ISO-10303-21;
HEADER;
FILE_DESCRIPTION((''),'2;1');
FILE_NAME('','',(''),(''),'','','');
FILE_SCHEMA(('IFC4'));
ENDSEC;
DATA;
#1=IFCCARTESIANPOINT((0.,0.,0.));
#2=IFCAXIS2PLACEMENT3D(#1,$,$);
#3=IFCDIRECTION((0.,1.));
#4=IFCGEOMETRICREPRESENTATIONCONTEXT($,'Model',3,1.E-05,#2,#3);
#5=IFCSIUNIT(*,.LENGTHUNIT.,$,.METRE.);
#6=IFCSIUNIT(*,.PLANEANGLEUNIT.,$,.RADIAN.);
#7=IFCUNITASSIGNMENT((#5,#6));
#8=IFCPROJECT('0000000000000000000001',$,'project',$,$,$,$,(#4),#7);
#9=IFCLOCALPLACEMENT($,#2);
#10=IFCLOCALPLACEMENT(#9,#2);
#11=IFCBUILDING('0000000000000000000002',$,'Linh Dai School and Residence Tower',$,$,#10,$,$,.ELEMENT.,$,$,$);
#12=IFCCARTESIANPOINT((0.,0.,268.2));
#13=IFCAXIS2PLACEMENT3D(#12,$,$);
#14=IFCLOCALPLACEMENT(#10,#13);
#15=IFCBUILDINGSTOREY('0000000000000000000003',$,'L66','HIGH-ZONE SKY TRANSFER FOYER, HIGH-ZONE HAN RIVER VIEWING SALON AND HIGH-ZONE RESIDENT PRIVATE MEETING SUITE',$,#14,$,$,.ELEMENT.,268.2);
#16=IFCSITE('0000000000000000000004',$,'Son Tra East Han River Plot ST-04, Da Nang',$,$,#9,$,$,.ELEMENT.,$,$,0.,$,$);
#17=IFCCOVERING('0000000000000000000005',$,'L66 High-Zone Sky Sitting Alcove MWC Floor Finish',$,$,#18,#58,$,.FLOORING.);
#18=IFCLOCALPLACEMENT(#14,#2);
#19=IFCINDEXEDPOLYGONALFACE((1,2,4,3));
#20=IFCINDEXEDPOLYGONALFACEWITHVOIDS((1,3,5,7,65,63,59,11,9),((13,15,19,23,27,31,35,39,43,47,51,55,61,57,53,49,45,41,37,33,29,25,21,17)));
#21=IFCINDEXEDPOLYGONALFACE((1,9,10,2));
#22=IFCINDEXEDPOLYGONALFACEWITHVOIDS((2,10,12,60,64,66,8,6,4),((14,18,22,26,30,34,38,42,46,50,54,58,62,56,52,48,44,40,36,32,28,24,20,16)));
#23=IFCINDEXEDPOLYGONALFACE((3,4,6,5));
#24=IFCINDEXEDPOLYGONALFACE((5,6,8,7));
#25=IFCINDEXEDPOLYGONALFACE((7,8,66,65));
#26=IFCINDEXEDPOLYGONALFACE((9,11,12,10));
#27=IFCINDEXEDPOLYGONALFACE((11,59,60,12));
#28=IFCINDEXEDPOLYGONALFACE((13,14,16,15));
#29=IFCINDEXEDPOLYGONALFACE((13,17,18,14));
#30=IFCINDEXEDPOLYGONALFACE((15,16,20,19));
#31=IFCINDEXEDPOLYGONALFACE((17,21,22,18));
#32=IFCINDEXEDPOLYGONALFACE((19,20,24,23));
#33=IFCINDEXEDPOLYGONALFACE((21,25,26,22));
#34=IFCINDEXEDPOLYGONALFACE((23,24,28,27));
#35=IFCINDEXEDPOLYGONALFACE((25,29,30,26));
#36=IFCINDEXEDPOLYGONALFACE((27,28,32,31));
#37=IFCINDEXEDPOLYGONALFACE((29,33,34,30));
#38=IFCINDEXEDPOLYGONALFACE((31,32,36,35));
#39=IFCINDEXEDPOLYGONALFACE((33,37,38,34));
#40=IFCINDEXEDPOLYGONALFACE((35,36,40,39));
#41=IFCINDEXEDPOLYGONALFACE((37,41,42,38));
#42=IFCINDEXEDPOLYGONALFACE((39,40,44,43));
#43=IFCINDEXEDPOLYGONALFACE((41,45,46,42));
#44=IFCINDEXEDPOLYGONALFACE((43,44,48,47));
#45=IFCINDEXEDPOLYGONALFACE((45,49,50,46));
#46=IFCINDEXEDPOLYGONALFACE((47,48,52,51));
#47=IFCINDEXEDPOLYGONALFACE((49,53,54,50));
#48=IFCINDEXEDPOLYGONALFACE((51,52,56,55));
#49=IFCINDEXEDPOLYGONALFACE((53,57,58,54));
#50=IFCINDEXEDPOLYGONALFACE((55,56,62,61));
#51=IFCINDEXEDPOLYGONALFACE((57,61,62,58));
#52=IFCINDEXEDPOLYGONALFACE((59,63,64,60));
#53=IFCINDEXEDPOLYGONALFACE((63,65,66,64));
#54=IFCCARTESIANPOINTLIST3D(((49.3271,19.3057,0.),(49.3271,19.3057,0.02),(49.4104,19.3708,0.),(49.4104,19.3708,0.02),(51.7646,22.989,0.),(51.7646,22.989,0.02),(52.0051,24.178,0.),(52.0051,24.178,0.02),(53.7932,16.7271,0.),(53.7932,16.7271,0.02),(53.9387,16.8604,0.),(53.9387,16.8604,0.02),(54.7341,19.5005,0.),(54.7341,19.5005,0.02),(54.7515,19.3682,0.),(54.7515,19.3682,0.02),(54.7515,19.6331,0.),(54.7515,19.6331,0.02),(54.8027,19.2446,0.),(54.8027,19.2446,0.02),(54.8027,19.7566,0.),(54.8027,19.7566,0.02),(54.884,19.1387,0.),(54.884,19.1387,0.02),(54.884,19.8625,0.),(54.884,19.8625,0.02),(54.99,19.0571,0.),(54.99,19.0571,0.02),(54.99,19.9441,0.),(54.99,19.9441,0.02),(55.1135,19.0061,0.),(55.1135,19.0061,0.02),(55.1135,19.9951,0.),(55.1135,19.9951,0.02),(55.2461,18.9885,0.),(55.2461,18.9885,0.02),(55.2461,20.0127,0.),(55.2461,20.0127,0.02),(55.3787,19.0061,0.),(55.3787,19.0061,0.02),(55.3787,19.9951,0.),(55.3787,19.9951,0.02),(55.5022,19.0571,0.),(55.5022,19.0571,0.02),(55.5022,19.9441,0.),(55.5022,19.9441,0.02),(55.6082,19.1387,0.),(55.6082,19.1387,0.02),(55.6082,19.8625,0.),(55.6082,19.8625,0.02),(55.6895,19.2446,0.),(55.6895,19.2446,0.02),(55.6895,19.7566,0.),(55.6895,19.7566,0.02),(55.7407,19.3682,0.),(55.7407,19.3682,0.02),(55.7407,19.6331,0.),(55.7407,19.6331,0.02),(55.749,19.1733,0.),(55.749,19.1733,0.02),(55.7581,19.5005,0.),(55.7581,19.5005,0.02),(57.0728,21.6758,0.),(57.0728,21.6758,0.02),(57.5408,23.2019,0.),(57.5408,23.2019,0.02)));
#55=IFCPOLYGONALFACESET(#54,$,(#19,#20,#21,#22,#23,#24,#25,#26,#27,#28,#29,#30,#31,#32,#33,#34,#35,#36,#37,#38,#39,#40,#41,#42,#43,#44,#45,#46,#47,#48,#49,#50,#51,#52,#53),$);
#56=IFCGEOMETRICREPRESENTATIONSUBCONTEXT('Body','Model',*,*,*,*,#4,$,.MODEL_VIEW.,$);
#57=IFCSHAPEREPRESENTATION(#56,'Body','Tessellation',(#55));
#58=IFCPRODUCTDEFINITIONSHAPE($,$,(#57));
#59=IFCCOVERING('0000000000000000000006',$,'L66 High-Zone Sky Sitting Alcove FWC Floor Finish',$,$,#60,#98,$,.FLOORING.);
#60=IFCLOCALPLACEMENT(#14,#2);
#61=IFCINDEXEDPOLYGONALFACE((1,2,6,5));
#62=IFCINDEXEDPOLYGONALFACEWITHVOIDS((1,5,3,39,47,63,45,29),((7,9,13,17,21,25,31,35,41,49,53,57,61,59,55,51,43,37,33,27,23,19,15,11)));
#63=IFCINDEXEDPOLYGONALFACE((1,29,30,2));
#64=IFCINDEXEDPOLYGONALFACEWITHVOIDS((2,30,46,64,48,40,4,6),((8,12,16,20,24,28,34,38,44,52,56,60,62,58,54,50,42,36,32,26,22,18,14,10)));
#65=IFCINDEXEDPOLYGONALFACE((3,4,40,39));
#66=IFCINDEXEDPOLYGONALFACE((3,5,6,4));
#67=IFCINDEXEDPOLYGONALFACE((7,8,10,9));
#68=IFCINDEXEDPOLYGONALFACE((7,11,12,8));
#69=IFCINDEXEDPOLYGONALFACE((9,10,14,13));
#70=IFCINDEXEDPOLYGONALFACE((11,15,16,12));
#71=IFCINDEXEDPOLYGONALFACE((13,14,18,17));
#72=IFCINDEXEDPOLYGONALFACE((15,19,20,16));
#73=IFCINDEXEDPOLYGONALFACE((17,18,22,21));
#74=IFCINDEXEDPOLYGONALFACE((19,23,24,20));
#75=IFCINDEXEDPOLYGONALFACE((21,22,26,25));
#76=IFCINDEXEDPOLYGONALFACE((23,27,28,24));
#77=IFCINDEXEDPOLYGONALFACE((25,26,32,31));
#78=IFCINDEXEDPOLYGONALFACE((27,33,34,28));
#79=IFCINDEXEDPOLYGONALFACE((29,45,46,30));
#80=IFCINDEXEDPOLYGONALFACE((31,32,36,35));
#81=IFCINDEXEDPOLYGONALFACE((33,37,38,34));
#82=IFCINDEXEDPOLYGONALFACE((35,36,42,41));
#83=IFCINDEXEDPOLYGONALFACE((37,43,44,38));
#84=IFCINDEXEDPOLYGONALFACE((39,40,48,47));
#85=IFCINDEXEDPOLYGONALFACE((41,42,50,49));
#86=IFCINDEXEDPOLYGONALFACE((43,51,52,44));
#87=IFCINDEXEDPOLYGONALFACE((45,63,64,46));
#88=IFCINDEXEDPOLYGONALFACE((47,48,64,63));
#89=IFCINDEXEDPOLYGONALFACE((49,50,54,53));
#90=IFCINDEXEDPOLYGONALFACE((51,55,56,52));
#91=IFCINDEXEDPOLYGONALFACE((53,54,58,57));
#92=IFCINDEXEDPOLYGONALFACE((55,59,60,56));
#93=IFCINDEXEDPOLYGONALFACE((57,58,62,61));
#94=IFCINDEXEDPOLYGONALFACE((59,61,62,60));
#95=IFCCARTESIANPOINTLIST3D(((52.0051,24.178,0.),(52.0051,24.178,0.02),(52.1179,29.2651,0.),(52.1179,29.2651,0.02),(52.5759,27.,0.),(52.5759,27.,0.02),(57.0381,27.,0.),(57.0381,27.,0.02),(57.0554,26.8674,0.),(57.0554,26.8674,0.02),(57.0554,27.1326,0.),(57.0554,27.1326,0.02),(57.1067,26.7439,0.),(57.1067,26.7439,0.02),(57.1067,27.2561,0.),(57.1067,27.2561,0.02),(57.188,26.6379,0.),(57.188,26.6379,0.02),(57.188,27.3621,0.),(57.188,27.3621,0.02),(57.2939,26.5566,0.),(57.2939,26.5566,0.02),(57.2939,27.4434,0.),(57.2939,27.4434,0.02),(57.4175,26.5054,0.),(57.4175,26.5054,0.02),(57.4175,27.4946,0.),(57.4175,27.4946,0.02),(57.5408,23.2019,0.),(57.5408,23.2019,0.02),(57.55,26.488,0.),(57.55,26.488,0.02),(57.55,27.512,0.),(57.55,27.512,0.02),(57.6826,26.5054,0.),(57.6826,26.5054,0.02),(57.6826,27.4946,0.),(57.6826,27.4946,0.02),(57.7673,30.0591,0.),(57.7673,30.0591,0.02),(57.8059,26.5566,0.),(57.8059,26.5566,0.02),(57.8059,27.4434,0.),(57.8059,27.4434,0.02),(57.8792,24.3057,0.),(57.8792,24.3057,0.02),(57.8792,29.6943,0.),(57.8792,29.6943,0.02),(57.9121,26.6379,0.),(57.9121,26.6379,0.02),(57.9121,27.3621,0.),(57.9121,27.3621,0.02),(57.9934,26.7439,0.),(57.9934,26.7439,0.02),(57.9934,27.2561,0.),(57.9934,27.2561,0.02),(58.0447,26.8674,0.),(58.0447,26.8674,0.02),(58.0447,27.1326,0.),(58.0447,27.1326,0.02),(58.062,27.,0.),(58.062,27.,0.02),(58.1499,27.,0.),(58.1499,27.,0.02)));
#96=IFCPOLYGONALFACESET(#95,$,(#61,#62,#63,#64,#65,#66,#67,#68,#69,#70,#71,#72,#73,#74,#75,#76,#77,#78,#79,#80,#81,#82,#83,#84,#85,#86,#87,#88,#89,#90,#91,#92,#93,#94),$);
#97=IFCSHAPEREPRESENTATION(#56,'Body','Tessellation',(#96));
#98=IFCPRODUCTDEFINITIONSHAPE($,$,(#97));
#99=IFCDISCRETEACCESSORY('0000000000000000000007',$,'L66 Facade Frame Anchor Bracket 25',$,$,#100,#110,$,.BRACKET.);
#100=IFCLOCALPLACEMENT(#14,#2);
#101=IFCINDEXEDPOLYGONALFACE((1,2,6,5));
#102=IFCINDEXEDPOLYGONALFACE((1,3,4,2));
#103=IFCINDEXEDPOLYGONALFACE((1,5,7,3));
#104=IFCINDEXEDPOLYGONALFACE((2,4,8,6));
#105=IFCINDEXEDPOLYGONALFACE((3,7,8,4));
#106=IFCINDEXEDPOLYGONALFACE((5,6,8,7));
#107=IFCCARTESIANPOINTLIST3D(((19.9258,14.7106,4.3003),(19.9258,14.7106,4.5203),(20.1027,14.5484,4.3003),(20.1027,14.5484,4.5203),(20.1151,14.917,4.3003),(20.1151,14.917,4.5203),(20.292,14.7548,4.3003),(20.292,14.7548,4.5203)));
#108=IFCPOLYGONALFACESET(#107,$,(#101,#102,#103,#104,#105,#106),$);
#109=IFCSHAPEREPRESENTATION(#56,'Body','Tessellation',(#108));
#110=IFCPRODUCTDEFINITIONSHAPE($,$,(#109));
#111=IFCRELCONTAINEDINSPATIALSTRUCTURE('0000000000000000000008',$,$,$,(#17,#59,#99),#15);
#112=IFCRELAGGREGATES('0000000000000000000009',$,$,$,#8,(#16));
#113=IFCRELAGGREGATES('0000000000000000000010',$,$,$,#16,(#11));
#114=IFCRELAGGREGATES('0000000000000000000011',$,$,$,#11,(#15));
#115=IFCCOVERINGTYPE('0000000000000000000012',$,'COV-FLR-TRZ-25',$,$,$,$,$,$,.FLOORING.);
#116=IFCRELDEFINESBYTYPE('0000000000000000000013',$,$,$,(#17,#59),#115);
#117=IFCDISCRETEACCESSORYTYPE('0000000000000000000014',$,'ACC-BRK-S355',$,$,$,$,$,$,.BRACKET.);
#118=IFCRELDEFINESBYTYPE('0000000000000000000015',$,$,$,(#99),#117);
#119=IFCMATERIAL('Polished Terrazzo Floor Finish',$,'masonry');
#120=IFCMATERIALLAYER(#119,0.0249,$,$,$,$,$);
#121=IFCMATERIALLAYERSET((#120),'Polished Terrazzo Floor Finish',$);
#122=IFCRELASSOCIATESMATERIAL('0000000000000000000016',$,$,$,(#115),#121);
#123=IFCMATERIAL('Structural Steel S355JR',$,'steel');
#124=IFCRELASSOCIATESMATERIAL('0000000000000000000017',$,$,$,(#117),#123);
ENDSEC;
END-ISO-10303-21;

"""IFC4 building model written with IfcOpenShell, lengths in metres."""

from ifc_helpers import new_model, si_unit, direction, frame, origin, origin_2d, place, context, subcontext, project, spatial, polyline, rectangle, outline, extrude, source, transform, mapped, material, layer, layer_set, type_object, element, save


model = new_model("IFC4")

# Units and contexts
model_context = context("Model", 3, precision=1e-05, world=origin(), true_north=direction((0.0, 1.0)))
body_context = subcontext(model_context, "Body", "Model", "MODEL_VIEW")
ifc_project = project(units=[si_unit("LENGTHUNIT", "METRE"), si_unit("PLANEANGLEUNIT", "RADIAN")], contexts=[model_context])

# Site, building, storey
site_placement = place(None, origin())
site = spatial("IfcSite", under=ifc_project, at=site_placement, Name="Son Tra East Han River Plot ST-04, Da Nang", CompositionType="ELEMENT", RefElevation=0.0)
building_placement = place(site_placement, origin())
building = spatial("IfcBuilding", under=site, at=building_placement, Name="Linh Dai School and Residence Tower", CompositionType="ELEMENT")
storey_placement = place(building_placement, frame((0.0, 0.0, 268.2)))
storey = spatial("IfcBuildingStorey", under=building, at=storey_placement, Name="L66", Description="HIGH-ZONE SKY TRANSFER FOYER, HIGH-ZONE HAN RIVER VIEWING SALON AND HIGH-ZONE RESIDENT PRIVATE MEETING SUITE", CompositionType="ELEMENT", Elevation=268.2)

# Shared definitions
ifc_material_1 = material(Name="Structural Steel S355JR", Category="steel")

# Coverings
ifc_material_2 = material(Name="Polished Terrazzo Floor Finish", Category="masonry")
ifc_layer_1 = layer(ifc_material_2, 0.0249)
ifc_layer_set_1 = layer_set([ifc_layer_1], Name="Polished Terrazzo Floor Finish")
covering_type_1 = type_object("IfcCoveringType", Name="COV-FLR-TRZ-25", PredefinedType="FLOORING", material=ifc_layer_set_1)
covering_1_placement = place(storey_placement, origin())
element("IfcCovering", 1, at=covering_1_placement, inside=storey, type_object=covering_type_1, Name="L66 High-Zone Sky Sitting Alcove MWC Floor Finish", PredefinedType="FLOORING", context=body_context, shape_type="SweptSolid", body=[
    extrude(outline(polyline([(57.5408, 23.2019), (57.0728, 21.6758), (55.749, 19.1733), (53.9387, 16.8604), (53.7932, 16.7271), (49.3271, 19.3057), (49.4104, 19.3708), (51.7646, 22.989), (52.0051, 24.178), (57.5408, 23.2019)]), holes=[polyline([(55.7407, 19.6331), (55.6895, 19.7566), (55.6082, 19.8625), (55.5022, 19.9441), (55.3787, 19.9951), (55.2461, 20.0127), (55.1135, 19.9951), (54.99, 19.9441), (54.884, 19.8625), (54.8027, 19.7566), (54.7515, 19.6331), (54.7341, 19.5005), (54.7515, 19.3682), (54.8027, 19.2446), (54.884, 19.1387), (54.99, 19.0571), (55.1135, 19.0061), (55.2461, 18.9885), (55.3787, 19.0061), (55.5022, 19.0571), (55.6082, 19.1387), (55.6895, 19.2446), (55.7407, 19.3682), (55.7581, 19.5005), (55.7407, 19.6331)])]), origin(), (0.0, 0.0, 1.0), 0.02),
])
covering_2_placement = place(storey_placement, origin())
element("IfcCovering", 2, at=covering_2_placement, inside=storey, type_object=covering_type_1, Name="L66 High-Zone Sky Sitting Alcove FWC Floor Finish", PredefinedType="FLOORING", context=body_context, shape_type="SweptSolid", body=[
    extrude(outline(polyline([(57.8792, 24.3057), (57.5408, 23.2019), (52.0051, 24.178), (52.5759, 27.0), (52.1179, 29.2651), (57.7673, 30.0591), (57.8792, 29.6943), (58.1499, 27.0), (57.8792, 24.3057)]), holes=[polyline([(58.0447, 27.1326), (57.9934, 27.2561), (57.9121, 27.3621), (57.8059, 27.4434), (57.6826, 27.4946), (57.55, 27.512), (57.4175, 27.4946), (57.2939, 27.4434), (57.188, 27.3621), (57.1067, 27.2561), (57.0554, 27.1326), (57.0381, 27.0), (57.0554, 26.8674), (57.1067, 26.7439), (57.188, 26.6379), (57.2939, 26.5566), (57.4175, 26.5054), (57.55, 26.488), (57.6826, 26.5054), (57.8059, 26.5566), (57.9121, 26.6379), (57.9934, 26.7439), (58.0447, 26.8674), (58.062, 27.0), (58.0447, 27.1326)])]), origin(), (0.0, 0.0, 1.0), 0.02),
])

# Discrete accessory
discrete_accessory_type = type_object("IfcDiscreteAccessoryType", Name="ACC-BRK-S355", PredefinedType="BRACKET", material=ifc_material_1)
shared_shape_1 = source(origin(), body_context, "Body", "SweptSolid", [
    extrude(rectangle(XDim=0.28, YDim=0.24, at=origin_2d()), origin(), (0.0, 0.0, 1.0), 0.22),
])
discrete_accessory_placement = place(storey_placement, frame((20.1089, 14.7327, 4.3003), z_axis=(0.0, 0.0, 1.0), x_axis=(-0.675779, -0.737104, 0.0)))
element("IfcDiscreteAccessory", 3, at=discrete_accessory_placement, inside=storey, type_object=discrete_accessory_type, Name="L66 Facade Frame Anchor Bracket 25", PredefinedType="BRACKET", context=body_context, shape_type="MappedRepresentation", body=[
    mapped(shared_shape_1, transform((0.0, 0.0, 0.0), x_axis=(1.0, 0.0, 0.0), y_axis=(0.0, 1.0, 0.0), z_axis=(0.0, 0.0, 1.0), scale=1.0)),
])

save(model, "model.ifc")
